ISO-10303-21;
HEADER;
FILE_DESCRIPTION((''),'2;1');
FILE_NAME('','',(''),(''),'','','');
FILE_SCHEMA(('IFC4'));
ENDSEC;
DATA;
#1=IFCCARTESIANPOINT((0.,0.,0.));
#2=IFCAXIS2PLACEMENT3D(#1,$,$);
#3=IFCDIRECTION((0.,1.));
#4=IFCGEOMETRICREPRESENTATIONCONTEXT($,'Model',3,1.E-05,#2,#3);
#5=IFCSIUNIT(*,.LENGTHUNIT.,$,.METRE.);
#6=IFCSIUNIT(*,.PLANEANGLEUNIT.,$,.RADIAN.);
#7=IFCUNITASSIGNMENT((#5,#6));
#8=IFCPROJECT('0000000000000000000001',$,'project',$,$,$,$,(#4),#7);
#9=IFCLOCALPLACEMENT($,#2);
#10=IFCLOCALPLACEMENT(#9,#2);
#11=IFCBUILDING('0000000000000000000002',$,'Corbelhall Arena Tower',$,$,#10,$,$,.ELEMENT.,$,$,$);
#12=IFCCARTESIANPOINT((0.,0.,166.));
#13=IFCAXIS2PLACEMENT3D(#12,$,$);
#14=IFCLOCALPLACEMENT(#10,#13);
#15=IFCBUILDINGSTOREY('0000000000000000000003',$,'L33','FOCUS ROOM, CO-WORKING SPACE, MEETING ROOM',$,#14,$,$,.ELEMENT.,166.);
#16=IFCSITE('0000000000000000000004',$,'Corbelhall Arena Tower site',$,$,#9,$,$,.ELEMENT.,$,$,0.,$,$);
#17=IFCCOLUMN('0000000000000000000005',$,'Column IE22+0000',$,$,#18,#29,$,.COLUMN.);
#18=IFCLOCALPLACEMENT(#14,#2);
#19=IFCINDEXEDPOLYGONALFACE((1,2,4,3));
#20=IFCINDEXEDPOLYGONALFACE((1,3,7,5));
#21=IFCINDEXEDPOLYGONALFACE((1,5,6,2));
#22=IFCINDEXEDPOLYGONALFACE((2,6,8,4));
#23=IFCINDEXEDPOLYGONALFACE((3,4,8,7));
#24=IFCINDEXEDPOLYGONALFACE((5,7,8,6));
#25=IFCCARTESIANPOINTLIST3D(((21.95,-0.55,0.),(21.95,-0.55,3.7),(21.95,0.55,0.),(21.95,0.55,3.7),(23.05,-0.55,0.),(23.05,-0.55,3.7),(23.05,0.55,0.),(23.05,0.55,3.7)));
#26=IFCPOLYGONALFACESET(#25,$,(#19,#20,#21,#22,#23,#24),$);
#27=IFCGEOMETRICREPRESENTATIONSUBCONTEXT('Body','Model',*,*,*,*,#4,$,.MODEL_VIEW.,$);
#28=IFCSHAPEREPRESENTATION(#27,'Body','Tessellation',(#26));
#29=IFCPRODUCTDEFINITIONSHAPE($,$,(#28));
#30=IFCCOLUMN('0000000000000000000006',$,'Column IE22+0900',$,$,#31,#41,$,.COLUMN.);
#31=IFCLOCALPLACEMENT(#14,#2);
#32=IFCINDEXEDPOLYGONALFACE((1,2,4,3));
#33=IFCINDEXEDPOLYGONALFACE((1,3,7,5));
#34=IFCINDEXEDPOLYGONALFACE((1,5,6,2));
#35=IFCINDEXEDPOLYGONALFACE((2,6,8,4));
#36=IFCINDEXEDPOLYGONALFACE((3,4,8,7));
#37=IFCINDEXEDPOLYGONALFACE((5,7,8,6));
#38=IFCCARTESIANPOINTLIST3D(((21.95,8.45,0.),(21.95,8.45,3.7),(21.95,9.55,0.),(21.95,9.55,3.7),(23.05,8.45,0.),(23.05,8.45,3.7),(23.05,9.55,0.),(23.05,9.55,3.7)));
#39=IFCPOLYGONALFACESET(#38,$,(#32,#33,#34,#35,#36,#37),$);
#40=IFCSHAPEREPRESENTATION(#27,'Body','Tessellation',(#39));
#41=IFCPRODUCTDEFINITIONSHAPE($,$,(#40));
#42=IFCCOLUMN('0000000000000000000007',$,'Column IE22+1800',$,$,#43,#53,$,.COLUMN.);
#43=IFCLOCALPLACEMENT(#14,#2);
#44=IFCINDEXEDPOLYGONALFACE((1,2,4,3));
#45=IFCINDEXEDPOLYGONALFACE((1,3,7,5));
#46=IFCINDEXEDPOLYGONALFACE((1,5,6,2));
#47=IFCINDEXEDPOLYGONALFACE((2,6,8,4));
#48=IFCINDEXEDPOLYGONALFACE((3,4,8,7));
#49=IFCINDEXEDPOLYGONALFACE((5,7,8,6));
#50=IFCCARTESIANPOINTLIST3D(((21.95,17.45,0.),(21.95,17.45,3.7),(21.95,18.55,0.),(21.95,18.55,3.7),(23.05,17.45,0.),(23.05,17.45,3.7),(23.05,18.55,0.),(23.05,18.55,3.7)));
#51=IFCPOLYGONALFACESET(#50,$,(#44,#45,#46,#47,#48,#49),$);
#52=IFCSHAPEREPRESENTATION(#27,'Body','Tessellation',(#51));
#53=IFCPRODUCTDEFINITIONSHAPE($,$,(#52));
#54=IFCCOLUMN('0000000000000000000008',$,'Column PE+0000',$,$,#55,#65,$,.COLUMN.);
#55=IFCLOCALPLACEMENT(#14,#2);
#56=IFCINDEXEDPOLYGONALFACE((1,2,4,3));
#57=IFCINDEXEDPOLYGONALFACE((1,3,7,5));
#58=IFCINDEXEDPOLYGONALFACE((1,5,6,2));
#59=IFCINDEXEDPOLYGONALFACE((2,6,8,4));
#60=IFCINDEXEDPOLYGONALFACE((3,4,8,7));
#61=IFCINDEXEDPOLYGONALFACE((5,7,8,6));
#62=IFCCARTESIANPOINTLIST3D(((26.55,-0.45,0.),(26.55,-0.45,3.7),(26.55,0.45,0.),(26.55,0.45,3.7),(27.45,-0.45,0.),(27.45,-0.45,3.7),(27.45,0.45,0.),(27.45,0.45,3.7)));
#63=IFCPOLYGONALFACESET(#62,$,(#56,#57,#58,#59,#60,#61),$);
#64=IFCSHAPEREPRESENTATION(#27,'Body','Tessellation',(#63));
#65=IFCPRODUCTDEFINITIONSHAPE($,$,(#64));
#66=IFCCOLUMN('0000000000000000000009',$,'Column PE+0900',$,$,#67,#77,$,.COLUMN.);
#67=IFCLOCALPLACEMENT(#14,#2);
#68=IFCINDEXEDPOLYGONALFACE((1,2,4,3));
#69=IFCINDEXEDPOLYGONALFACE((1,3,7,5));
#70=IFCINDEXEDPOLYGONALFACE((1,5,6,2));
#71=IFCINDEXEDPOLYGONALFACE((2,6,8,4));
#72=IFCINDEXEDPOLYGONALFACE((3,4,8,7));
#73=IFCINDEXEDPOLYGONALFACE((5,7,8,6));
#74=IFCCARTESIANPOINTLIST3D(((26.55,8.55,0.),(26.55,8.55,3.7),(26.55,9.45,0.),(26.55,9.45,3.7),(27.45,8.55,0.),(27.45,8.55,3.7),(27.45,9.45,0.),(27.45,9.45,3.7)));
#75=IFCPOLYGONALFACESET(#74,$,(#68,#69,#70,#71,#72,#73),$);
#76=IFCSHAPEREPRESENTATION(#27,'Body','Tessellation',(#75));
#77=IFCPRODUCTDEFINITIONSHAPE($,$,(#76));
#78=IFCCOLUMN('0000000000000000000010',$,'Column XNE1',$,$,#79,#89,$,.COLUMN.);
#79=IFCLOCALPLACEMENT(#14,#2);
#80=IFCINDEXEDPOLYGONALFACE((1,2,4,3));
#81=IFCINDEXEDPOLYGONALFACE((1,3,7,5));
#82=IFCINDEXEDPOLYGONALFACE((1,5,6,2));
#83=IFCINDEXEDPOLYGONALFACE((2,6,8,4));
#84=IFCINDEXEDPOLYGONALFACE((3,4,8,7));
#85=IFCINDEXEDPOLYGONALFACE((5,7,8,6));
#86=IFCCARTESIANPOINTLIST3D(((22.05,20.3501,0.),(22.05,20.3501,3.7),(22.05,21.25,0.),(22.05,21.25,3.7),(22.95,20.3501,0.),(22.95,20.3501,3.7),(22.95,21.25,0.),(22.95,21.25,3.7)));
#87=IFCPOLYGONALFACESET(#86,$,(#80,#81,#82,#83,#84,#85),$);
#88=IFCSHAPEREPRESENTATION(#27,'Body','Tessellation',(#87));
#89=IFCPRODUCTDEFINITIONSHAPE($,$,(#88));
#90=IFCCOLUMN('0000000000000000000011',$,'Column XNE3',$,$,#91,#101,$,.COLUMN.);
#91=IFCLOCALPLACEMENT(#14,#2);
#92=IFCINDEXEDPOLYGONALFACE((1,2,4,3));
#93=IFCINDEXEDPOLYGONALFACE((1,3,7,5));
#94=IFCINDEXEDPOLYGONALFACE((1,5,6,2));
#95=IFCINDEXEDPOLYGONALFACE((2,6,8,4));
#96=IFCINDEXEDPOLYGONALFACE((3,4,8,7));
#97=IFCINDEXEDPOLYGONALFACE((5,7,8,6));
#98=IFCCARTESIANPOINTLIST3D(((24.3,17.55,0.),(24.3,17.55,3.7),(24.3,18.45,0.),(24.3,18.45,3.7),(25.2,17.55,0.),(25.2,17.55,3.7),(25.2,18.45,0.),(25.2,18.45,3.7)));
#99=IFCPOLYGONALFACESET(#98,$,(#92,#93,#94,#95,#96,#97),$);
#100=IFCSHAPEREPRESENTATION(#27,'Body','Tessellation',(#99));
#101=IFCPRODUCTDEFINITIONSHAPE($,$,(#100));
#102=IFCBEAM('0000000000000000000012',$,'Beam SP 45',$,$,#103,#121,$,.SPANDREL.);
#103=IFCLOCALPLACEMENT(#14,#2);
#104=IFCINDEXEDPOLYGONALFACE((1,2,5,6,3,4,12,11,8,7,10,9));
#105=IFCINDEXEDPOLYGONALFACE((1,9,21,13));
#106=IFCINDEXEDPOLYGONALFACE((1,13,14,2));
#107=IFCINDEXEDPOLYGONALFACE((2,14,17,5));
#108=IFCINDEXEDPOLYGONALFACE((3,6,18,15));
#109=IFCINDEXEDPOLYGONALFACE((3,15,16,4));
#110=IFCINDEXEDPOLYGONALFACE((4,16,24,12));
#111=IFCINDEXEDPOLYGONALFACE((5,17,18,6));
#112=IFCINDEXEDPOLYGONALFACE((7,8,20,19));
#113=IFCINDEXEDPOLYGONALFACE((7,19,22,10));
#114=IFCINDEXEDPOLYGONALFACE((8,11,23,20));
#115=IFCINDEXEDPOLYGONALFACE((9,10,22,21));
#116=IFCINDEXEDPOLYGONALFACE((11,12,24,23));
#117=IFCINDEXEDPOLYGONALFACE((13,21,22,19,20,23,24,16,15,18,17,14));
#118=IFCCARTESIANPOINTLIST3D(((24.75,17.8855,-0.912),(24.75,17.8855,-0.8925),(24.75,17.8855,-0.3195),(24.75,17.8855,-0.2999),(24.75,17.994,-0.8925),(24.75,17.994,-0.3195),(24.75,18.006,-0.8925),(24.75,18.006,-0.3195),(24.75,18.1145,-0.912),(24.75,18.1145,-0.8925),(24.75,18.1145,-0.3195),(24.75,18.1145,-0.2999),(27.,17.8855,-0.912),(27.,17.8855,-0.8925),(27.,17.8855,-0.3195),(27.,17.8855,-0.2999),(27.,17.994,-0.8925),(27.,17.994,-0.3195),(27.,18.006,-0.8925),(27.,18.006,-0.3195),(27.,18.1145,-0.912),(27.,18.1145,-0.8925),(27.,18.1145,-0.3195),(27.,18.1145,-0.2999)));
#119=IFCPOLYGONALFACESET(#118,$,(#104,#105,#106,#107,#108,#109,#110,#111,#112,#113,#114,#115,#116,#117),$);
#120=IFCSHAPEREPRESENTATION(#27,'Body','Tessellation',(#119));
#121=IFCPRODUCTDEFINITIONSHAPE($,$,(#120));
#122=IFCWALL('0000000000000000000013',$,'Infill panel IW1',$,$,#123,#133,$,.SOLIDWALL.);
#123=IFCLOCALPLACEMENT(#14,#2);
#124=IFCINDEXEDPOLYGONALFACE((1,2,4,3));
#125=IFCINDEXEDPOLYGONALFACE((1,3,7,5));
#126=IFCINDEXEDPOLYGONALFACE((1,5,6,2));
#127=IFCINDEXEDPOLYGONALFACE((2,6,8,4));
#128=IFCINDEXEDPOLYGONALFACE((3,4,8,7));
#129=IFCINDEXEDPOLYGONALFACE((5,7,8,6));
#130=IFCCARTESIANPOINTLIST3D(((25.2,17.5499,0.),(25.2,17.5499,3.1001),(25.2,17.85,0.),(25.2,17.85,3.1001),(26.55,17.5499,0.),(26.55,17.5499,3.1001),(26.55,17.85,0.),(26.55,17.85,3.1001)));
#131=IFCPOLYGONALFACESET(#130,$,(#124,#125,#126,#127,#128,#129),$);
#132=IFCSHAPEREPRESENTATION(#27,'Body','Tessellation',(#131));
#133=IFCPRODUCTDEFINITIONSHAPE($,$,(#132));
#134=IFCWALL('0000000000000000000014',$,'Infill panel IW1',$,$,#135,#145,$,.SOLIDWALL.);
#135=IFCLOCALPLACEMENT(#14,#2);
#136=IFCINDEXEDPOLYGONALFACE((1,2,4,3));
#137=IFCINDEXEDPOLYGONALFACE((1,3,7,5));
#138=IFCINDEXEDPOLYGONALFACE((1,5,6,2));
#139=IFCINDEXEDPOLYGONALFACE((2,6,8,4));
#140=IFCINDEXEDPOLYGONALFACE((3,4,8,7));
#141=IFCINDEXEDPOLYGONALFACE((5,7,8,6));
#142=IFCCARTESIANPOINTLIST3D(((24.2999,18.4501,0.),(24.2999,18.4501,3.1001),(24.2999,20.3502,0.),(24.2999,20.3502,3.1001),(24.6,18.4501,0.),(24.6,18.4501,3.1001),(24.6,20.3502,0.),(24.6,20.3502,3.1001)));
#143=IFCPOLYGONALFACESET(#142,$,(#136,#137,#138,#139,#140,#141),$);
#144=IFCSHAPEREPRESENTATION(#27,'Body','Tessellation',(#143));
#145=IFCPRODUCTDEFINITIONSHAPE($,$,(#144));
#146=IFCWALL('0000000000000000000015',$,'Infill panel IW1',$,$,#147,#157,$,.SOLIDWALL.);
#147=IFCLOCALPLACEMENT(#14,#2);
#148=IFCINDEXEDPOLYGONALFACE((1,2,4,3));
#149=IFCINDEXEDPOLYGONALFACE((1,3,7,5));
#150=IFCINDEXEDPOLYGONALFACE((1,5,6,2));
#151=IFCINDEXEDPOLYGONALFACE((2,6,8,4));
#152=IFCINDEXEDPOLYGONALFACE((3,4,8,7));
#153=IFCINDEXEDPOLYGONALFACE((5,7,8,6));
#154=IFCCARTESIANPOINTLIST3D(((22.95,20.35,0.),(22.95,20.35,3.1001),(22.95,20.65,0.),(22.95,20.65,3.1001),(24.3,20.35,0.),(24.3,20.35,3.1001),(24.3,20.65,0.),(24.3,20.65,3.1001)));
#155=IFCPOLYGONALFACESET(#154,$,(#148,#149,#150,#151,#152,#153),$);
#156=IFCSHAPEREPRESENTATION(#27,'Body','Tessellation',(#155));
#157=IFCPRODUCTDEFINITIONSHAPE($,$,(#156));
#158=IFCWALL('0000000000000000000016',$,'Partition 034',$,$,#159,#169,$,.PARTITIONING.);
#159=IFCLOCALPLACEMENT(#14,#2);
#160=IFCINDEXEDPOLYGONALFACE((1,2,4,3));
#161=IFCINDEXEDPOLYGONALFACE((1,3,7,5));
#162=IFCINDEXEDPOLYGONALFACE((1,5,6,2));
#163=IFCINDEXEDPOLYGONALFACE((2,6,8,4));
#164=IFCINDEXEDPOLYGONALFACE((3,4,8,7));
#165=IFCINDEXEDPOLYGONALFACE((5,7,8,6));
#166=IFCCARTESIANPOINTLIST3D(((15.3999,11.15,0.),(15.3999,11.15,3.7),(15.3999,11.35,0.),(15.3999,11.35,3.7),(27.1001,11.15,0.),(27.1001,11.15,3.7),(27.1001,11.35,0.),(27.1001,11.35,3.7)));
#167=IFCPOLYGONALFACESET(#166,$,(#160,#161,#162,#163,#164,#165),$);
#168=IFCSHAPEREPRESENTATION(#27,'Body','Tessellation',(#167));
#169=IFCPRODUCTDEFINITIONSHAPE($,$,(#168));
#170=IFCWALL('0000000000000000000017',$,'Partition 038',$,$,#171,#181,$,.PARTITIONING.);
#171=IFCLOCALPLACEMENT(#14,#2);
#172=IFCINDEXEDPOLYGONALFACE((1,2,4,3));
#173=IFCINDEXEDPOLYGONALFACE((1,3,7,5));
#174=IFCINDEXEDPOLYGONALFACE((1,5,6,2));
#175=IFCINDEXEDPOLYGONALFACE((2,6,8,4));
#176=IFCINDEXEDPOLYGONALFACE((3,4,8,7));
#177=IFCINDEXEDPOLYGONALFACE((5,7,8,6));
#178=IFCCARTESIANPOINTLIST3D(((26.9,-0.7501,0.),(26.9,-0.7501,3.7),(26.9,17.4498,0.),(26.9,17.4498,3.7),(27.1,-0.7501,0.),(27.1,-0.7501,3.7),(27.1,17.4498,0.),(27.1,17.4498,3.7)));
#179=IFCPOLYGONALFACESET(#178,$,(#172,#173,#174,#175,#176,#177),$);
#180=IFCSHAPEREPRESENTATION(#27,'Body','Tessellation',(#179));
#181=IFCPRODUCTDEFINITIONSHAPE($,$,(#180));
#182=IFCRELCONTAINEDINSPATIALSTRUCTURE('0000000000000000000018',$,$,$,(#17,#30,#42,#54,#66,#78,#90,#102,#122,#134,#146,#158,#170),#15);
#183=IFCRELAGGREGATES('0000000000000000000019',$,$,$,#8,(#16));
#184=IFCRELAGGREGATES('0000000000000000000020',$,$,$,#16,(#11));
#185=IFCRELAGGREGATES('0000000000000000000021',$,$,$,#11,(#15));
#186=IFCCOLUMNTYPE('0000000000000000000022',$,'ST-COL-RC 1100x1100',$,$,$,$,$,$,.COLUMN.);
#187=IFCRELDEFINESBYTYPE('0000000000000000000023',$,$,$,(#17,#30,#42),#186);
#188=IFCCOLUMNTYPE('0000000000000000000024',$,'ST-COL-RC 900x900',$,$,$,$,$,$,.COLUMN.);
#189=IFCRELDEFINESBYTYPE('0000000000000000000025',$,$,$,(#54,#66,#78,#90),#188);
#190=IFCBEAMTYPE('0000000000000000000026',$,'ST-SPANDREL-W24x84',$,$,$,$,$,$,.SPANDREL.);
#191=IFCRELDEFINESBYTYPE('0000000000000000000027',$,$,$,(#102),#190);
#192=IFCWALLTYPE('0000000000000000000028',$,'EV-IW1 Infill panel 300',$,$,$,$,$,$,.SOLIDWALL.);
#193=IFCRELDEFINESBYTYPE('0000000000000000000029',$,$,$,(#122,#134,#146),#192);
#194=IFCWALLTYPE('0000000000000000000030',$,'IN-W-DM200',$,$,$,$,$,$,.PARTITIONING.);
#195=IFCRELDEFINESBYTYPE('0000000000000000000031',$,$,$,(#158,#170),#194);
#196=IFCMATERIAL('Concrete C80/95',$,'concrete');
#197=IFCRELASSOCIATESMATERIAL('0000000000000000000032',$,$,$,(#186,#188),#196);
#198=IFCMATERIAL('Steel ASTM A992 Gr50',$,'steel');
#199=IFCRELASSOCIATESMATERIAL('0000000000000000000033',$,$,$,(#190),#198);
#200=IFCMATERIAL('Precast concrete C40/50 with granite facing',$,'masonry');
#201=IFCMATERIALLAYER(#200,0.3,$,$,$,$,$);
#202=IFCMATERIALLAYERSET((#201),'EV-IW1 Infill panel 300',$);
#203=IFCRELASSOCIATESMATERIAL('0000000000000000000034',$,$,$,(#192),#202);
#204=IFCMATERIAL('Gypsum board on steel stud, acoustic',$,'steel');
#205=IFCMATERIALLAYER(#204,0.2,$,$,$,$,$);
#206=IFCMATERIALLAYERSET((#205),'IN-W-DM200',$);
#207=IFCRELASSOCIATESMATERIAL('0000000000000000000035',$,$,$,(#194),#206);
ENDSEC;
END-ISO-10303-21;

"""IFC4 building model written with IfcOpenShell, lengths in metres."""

from ifc_helpers import new_model, si_unit, direction, frame, frame_2d, origin, origin_2d, place, context, subcontext, project, spatial, rectangle, i_section, extrude, material, layer, layer_set, material_profile, profile_set, type_object, element, save


model = new_model("IFC4")

# Units and contexts
model_context = context("Model", 3, precision=1e-05, world=origin(), true_north=direction((0.0, 1.0)))
body_context = subcontext(model_context, "Body", "Model", "MODEL_VIEW")
ifc_project = project(units=[si_unit("LENGTHUNIT", "METRE"), si_unit("PLANEANGLEUNIT", "RADIAN")], contexts=[model_context])

# Site, building, storey
site_placement = place(None, origin())
site = spatial("IfcSite", under=ifc_project, at=site_placement, Name="Corbelhall Arena Tower site", CompositionType="ELEMENT", RefElevation=0.0)
building_placement = place(site_placement, origin())
building = spatial("IfcBuilding", under=site, at=building_placement, Name="Corbelhall Arena Tower", CompositionType="ELEMENT")
storey_placement = place(building_placement, frame((0.0, 0.0, 166.0)))
storey = spatial("IfcBuildingStorey", under=building, at=storey_placement, Name="L33", Description="FOCUS ROOM, CO-WORKING SPACE, MEETING ROOM", CompositionType="ELEMENT", Elevation=166.0)

# Columns
ifc_material_1 = material(Name="Concrete C80/95", Category="concrete")
ifc_material_profile_1 = material_profile(ifc_material_1, rectangle(XDim=1.1001, YDim=1.1001, at=origin_2d()))
ifc_profile_set_1 = profile_set([ifc_material_profile_1], Name="Concrete C80/95")
column_type_1 = type_object("IfcColumnType", Name="ST-COL-RC 1100x1100", PredefinedType="COLUMN", material=ifc_profile_set_1)
for number, where, z_axis, x_axis, name in (
    (1, (22.5, 0.0, 0.0), (0.0, 0.0, 1.0), (1.0, 0.0, 0.0), "Column IE22+0000"),
    (2, (22.5, 9.0, 0.0), (0.0, 0.0, 1.0), (1.0, 0.0, 0.0), "Column IE22+0900"),
    (3, (22.5, 18.0, 0.0), (0.0, 0.0, 1.0), (1.0, 0.0, 0.0), "Column IE22+1800"),
):
    element("IfcColumn", number, at=place(storey_placement, frame(where, z_axis=z_axis, x_axis=x_axis)), inside=storey, type_object=column_type_1, Name=name, PredefinedType="COLUMN", context=body_context, shape_type="SweptSolid", body=[
        extrude(rectangle(XDim=1.1001, YDim=1.1001, at=origin_2d()), origin(), (0.0, 0.0, 1.0), 3.7),
    ])
ifc_material_profile_2 = material_profile(ifc_material_1, rectangle(XDim=0.8999, YDim=0.8999, at=origin_2d()))
ifc_profile_set_2 = profile_set([ifc_material_profile_2], Name="Concrete C80/95")
column_type_2 = type_object("IfcColumnType", Name="ST-COL-RC 900x900", PredefinedType="COLUMN", material=ifc_profile_set_2)
for number, where, z_axis, x_axis, name in (
    (4, (27.0, 0.0, 0.0), (0.0, 0.0, 1.0), (1.0, 0.0, 0.0), "Column PE+0000"),
    (5, (27.0, 9.0, 0.0), (0.0, 0.0, 1.0), (1.0, 0.0, 0.0), "Column PE+0900"),
    (6, (22.5, 20.8, 0.0), (0.0, 0.0, 1.0), (1.0, 0.0, 0.0), "Column XNE1"),
    (7, (24.75, 18.0, 0.0), (0.0, 0.0, 1.0), (1.0, 0.0, 0.0), "Column XNE3"),
):
    element("IfcColumn", number, at=place(storey_placement, frame(where, z_axis=z_axis, x_axis=x_axis)), inside=storey, type_object=column_type_2, Name=name, PredefinedType="COLUMN", context=body_context, shape_type="SweptSolid", body=[
        extrude(rectangle(XDim=0.8999, YDim=0.8999, at=origin_2d()), origin(), (0.0, 0.0, 1.0), 3.7),
    ])

# Beam
ifc_material_2 = material(Name="Steel ASTM A992 Gr50", Category="steel")
ifc_material_profile_3 = material_profile(ifc_material_2, i_section(OverallWidth=0.229, OverallDepth=0.6121, WebThickness=0.012, FlangeThickness=0.0195, at=origin_2d()))
ifc_profile_set_3 = profile_set([ifc_material_profile_3], Name="Steel ASTM A992 Gr50")
beam_type = type_object("IfcBeamType", Name="ST-SPANDREL-W24x84", PredefinedType="SPANDREL", material=ifc_profile_set_3)
beam_placement = place(storey_placement, frame((24.75, 18.0, -0.606), z_axis=(1.0, 0.0, 0.0), x_axis=(0.0, 1.0, 0.0)))
element("IfcBeam", 8, at=beam_placement, inside=storey, type_object=beam_type, Name="Beam SP 45", PredefinedType="SPANDREL", context=body_context, shape_type="SweptSolid", body=[
    extrude(i_section(OverallWidth=0.229, OverallDepth=0.6121, WebThickness=0.012, FlangeThickness=0.0195, at=origin_2d()), origin(), (0.0, 0.0, 1.0), 2.25),
])

# Walls
ifc_material_3 = material(Name="Precast concrete C40/50 with granite facing", Category="masonry")
ifc_layer_1 = layer(ifc_material_3, 0.3)
ifc_layer_set_1 = layer_set([ifc_layer_1], Name="EV-IW1 Infill panel 300")
wall_type_1 = type_object("IfcWallType", Name="EV-IW1 Infill panel 300", PredefinedType="SOLIDWALL", material=ifc_layer_set_1)
wall_1_placement = place(storey_placement, frame((26.55, 17.7, 0.0), z_axis=(0.0, 0.0, 1.0), x_axis=(-1.0, 0.0, 0.0)))
element("IfcWall", 9, at=wall_1_placement, inside=storey, type_object=wall_type_1, Name="Infill panel IW1", PredefinedType="SOLIDWALL", context=body_context, shape_type="SweptSolid", body=[
    extrude(rectangle(XDim=1.3501, YDim=0.3, at=frame_2d((0.675, 0.0))), origin(), (0.0, 0.0, 1.0), 3.1001),
])
wall_2_placement = place(storey_placement, frame((24.45, 18.45, 0.0), z_axis=(0.0, 0.0, 1.0), x_axis=(0.0, 1.0, 0.0)))
element("IfcWall", 10, at=wall_2_placement, inside=storey, type_object=wall_type_1, Name="Infill panel IW1", PredefinedType="SOLIDWALL", context=body_context, shape_type="SweptSolid", body=[
    extrude(rectangle(XDim=1.9001, YDim=0.3, at=frame_2d((0.9502, 0.0))), origin(), (0.0, 0.0, 1.0), 3.1001),
])
wall_3_placement = place(storey_placement, frame((24.3, 20.5, 0.0), z_axis=(0.0, 0.0, 1.0), x_axis=(-1.0, 0.0, 0.0)))
element("IfcWall", 11, at=wall_3_placement, inside=storey, type_object=wall_type_1, Name="Infill panel IW1", PredefinedType="SOLIDWALL", context=body_context, shape_type="SweptSolid", body=[
    extrude(rectangle(XDim=1.3501, YDim=0.3, at=frame_2d((0.675, 0.0))), origin(), (0.0, 0.0, 1.0), 3.1001),
])
ifc_material_4 = material(Name="Gypsum board on steel stud, acoustic", Category="steel")
ifc_layer_2 = layer(ifc_material_4, 0.2)
ifc_layer_set_2 = layer_set([ifc_layer_2], Name="IN-W-DM200")
wall_type_2 = type_object("IfcWallType", Name="IN-W-DM200", PredefinedType="PARTITIONING", material=ifc_layer_set_2)
wall_4_placement = place(storey_placement, frame((15.3999, 11.25, 0.0), z_axis=(0.0, 0.0, 1.0), x_axis=(1.0, 0.0, 0.0)))
element("IfcWall", 12, at=wall_4_placement, inside=storey, type_object=wall_type_2, Name="Partition 034", PredefinedType="PARTITIONING", context=body_context, shape_type="SweptSolid", body=[
    extrude(rectangle(XDim=11.7002, YDim=0.2, at=frame_2d((5.8501, 0.0))), origin(), (0.0, 0.0, 1.0), 3.7),
])
wall_5_placement = place(storey_placement, frame((27.0, 17.45, 0.0), z_axis=(0.0, 0.0, 1.0), x_axis=(0.0, -1.0, 0.0)))
element("IfcWall", 13, at=wall_5_placement, inside=storey, type_object=wall_type_2, Name="Partition 038", PredefinedType="PARTITIONING", context=body_context, shape_type="SweptSolid", body=[
    extrude(rectangle(XDim=18.2, YDim=0.2, at=frame_2d((9.1001, 0.0))), origin(), (0.0, 0.0, 1.0), 3.7),
])

save(model, "model.ifc")
